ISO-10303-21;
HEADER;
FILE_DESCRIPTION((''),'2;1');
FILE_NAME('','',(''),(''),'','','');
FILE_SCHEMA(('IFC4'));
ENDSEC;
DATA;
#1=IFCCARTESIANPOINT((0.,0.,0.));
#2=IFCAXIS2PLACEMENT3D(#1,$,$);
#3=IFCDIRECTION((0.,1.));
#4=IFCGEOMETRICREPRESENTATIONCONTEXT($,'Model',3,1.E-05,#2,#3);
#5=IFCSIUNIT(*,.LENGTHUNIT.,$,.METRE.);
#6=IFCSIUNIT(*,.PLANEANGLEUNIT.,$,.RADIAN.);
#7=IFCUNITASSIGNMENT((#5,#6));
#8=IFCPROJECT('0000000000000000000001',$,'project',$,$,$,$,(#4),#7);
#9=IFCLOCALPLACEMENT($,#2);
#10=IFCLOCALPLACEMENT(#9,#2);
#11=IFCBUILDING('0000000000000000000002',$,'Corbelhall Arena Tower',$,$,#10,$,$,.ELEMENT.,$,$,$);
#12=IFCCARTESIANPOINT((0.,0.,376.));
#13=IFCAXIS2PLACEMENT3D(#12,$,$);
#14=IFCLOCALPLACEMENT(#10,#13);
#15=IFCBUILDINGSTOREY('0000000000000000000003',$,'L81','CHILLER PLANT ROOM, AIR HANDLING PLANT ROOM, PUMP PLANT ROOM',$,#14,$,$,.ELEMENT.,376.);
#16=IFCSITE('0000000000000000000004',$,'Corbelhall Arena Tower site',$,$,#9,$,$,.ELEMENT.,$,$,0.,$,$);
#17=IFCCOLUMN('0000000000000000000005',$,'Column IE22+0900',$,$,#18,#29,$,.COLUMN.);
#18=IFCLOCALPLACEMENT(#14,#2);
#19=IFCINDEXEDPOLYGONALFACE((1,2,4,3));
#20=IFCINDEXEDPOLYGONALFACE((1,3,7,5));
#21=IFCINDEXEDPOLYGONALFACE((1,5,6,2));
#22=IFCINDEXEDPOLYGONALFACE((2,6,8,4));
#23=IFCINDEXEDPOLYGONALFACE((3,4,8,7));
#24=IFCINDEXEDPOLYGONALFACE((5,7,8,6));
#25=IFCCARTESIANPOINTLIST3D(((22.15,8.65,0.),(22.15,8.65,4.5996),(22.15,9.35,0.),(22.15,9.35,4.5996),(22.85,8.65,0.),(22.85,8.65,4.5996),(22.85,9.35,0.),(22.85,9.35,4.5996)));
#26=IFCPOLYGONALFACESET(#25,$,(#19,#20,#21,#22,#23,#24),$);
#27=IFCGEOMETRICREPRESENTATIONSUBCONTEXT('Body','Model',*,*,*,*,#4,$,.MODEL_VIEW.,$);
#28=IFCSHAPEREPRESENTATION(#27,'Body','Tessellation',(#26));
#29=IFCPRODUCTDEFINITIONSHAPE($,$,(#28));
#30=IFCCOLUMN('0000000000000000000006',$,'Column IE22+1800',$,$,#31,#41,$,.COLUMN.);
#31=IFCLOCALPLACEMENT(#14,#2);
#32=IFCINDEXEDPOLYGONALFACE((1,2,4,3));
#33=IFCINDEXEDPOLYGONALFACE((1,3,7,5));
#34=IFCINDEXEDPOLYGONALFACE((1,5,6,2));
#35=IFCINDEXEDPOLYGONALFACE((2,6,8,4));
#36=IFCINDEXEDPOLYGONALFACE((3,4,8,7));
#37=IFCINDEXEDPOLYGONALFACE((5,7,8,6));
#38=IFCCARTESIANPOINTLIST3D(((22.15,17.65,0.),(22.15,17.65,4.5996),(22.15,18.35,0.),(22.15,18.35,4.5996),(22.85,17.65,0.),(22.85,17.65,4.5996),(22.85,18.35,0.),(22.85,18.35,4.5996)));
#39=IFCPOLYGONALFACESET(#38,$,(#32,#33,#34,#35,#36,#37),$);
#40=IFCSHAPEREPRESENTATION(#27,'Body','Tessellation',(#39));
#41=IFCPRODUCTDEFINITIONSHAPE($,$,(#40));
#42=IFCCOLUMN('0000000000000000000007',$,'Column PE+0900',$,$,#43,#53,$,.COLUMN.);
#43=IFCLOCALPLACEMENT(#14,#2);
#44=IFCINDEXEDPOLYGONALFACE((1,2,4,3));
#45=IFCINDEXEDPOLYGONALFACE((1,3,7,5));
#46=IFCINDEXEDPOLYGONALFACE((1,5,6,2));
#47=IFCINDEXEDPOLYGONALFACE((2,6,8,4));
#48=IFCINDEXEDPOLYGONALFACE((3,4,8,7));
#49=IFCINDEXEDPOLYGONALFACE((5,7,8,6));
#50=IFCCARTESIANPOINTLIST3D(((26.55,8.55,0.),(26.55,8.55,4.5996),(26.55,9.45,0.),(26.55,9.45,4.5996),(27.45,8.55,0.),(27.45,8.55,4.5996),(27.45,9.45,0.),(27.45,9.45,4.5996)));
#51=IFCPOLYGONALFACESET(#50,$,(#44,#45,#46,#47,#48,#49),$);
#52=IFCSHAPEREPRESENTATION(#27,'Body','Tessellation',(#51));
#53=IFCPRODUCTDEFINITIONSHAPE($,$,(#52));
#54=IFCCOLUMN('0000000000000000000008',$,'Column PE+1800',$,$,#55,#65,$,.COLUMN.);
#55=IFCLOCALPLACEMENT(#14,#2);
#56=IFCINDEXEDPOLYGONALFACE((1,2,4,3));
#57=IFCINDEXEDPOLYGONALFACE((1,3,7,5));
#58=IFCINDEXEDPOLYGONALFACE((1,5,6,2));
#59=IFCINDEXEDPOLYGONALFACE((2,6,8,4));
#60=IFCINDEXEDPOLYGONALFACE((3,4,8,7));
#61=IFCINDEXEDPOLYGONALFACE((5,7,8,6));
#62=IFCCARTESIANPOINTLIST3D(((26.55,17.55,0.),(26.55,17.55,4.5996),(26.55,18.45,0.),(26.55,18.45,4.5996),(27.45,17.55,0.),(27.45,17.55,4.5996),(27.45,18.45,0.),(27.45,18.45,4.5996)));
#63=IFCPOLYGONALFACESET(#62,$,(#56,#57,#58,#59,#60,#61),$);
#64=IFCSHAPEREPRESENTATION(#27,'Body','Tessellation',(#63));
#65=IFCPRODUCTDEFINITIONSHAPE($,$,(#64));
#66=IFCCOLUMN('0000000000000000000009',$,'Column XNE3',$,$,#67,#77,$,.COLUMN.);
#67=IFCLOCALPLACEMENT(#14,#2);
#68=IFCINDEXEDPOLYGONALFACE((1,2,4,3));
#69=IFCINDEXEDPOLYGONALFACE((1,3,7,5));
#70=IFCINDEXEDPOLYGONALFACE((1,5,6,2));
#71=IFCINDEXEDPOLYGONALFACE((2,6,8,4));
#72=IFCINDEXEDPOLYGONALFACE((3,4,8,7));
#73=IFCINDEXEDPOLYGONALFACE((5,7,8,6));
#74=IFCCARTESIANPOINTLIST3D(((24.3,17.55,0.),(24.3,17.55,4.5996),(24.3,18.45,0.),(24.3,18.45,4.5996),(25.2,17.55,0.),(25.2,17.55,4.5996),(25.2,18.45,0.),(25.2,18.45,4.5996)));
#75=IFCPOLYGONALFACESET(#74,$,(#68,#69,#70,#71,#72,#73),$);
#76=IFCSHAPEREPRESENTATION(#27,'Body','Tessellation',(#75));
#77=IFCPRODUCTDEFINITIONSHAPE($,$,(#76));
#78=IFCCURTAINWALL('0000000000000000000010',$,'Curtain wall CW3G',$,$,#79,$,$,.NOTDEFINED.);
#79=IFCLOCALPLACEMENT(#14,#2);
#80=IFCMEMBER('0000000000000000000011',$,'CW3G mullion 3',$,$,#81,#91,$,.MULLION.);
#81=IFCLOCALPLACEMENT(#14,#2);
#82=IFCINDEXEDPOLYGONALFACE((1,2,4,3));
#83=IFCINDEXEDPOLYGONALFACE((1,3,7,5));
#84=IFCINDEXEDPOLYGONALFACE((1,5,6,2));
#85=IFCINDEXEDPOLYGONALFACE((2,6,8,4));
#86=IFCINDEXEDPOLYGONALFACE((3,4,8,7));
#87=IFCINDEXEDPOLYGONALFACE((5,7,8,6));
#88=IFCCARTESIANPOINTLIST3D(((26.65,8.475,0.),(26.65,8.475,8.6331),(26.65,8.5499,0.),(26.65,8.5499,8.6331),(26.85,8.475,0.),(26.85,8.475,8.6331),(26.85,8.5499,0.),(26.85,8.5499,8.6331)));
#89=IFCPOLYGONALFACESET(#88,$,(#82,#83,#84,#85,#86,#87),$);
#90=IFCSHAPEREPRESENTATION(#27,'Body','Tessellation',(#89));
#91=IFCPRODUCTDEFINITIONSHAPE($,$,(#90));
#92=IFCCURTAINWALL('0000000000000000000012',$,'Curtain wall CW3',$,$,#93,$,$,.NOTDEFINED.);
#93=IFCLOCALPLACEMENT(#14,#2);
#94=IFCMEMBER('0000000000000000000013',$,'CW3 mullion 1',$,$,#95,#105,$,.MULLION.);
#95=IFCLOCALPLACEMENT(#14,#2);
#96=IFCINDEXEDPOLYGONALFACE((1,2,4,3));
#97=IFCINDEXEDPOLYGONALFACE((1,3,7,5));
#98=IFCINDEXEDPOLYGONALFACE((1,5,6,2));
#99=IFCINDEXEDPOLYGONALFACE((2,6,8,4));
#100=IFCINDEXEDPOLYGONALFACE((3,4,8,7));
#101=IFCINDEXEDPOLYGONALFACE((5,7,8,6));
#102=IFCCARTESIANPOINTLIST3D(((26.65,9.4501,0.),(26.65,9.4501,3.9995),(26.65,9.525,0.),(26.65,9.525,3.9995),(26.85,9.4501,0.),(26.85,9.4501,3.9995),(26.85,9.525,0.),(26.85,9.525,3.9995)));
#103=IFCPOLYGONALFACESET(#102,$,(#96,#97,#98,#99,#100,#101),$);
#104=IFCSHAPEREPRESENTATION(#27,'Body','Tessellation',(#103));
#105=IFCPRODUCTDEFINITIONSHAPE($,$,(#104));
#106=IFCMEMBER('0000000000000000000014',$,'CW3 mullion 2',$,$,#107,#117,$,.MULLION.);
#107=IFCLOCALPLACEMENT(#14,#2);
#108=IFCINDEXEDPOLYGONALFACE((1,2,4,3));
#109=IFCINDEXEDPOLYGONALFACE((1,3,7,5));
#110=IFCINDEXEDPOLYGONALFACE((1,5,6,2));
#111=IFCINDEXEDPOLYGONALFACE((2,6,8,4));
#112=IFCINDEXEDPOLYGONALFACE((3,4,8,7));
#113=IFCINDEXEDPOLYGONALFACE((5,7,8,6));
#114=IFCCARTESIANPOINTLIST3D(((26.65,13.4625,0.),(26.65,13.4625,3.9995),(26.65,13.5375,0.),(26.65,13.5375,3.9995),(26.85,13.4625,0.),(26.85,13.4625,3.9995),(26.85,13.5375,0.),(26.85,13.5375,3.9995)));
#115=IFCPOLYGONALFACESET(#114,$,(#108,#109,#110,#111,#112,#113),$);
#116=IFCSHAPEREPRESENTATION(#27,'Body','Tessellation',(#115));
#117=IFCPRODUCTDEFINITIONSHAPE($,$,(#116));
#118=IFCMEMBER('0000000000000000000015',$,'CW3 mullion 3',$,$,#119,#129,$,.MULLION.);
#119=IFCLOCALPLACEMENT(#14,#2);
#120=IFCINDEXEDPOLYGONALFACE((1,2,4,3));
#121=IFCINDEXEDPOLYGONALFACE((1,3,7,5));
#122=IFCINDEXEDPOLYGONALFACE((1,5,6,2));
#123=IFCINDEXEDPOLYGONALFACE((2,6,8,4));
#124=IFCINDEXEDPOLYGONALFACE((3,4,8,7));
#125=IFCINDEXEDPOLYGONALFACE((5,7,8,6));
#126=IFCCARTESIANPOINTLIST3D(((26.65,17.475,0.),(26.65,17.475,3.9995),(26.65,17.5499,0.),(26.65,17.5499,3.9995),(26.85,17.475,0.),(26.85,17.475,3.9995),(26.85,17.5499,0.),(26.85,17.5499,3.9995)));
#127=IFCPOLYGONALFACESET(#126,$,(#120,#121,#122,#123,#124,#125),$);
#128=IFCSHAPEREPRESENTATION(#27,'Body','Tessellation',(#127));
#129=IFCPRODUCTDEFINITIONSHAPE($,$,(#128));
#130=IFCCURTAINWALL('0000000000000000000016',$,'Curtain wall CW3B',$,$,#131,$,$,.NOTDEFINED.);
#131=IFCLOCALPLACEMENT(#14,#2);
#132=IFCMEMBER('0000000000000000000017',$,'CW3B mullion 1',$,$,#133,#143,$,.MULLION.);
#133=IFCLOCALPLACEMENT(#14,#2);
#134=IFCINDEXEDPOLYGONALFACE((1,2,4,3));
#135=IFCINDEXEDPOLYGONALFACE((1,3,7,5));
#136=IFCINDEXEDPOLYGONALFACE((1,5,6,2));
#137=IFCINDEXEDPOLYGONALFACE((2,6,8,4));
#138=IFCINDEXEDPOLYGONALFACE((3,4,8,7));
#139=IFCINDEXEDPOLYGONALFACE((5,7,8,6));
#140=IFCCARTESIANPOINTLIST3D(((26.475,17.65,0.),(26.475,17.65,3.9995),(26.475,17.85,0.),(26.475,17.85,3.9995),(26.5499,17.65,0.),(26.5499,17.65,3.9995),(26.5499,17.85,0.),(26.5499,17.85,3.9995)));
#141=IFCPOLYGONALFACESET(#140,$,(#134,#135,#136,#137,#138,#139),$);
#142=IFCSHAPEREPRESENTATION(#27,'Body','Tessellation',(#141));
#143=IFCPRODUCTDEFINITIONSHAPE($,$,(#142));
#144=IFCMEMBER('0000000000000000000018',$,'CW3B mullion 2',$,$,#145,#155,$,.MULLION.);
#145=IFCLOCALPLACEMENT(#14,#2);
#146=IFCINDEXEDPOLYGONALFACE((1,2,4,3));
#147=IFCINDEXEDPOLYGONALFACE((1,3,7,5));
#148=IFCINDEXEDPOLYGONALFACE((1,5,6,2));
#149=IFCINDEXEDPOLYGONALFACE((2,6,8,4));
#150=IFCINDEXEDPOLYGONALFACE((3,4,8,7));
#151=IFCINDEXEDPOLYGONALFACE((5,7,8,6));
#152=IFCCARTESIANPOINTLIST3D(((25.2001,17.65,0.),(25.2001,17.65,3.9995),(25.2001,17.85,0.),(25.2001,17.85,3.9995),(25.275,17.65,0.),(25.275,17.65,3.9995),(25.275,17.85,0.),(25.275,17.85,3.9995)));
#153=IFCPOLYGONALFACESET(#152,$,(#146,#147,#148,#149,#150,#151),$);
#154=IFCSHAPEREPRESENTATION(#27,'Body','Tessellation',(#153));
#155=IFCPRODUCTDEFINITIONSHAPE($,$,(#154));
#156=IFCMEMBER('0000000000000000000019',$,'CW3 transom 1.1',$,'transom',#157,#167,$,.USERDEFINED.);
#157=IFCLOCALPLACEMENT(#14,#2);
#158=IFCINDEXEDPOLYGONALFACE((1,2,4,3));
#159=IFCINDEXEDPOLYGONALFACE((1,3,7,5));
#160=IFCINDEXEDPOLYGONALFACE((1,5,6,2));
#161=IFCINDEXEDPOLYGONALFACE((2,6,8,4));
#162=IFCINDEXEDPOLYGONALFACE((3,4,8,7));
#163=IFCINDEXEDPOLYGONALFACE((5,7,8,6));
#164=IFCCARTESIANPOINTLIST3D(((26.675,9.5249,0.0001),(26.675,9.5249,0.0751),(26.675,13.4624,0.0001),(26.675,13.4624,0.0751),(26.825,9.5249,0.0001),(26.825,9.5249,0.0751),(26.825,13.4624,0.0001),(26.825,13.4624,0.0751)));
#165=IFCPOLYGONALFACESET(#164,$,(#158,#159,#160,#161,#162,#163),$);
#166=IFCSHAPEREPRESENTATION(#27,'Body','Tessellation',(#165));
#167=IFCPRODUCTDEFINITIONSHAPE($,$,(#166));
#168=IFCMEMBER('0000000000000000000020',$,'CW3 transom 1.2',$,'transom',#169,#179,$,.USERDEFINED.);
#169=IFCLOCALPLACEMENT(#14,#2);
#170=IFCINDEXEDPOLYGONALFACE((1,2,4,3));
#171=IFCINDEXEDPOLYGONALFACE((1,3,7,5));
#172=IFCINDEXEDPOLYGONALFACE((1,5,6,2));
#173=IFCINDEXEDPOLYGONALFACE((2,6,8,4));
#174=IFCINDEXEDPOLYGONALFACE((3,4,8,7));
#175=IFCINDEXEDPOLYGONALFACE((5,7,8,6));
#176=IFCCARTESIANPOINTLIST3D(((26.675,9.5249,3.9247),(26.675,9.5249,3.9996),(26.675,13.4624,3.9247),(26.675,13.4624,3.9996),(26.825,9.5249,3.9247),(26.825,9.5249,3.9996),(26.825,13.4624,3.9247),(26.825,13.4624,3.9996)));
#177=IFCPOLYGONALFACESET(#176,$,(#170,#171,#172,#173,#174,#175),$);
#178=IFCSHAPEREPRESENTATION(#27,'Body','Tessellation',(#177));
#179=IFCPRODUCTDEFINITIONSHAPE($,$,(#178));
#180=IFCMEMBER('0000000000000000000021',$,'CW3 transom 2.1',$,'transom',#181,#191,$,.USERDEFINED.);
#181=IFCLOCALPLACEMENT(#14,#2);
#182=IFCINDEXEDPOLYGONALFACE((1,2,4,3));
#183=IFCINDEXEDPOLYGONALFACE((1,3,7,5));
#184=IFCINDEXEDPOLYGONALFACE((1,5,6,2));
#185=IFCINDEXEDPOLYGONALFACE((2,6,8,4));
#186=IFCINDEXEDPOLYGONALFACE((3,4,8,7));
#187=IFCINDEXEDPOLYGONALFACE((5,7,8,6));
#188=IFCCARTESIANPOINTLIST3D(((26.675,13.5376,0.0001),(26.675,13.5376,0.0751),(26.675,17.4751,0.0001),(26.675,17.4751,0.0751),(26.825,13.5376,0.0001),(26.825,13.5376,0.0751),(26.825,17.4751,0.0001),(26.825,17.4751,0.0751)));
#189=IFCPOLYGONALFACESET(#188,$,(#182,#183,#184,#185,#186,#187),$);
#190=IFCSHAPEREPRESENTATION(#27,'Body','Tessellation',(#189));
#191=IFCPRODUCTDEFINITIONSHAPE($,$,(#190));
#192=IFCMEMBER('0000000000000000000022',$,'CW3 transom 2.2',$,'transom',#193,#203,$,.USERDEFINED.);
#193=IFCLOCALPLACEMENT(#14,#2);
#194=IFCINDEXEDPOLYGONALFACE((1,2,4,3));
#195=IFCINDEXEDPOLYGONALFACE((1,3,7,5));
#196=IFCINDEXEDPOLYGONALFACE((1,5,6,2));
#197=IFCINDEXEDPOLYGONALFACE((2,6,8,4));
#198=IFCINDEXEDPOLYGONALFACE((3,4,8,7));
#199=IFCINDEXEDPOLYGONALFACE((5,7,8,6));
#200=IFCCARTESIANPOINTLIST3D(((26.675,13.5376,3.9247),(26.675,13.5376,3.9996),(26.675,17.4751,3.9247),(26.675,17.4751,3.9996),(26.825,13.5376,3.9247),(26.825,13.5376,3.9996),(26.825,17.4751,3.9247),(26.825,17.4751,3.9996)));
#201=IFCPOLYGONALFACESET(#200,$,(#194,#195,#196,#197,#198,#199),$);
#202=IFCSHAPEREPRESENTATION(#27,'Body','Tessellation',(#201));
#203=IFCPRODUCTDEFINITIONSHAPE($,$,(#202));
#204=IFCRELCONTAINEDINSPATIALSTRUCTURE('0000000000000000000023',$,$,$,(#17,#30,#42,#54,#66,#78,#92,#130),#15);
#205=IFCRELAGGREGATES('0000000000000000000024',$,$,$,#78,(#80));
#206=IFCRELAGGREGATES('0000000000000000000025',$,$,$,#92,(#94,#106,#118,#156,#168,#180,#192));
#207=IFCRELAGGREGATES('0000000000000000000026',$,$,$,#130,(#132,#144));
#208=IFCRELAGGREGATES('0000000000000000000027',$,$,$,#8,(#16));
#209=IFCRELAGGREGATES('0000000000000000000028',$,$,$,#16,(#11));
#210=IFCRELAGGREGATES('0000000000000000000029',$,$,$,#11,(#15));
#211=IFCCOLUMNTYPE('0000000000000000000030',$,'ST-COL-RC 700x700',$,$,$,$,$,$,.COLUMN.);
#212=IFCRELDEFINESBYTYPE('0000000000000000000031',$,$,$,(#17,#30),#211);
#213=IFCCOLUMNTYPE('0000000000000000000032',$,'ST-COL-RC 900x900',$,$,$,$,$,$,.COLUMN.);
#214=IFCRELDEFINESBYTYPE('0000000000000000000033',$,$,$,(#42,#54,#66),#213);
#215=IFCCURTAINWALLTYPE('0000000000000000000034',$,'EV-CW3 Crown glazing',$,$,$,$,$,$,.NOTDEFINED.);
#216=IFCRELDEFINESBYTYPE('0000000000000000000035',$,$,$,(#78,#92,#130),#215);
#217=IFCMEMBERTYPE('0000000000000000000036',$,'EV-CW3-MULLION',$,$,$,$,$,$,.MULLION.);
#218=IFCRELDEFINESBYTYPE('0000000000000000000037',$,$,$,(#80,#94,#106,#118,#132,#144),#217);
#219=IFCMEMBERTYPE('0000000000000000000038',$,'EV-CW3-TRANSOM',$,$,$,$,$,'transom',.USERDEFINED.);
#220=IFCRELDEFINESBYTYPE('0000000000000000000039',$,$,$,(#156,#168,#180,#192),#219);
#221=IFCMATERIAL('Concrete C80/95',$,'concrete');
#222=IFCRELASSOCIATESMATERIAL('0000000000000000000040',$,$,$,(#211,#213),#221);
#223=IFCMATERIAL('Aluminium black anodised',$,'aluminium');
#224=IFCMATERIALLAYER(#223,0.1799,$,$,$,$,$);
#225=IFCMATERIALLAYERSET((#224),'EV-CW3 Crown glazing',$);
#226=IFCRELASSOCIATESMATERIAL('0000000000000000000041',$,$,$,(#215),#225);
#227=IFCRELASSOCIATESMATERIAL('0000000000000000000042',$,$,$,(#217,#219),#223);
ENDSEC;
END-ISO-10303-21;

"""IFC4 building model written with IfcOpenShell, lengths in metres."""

from ifc_helpers import new_model, si_unit, direction, frame, origin, origin_2d, place, context, subcontext, project, spatial, rectangle, extrude, material, layer, layer_set, material_profile, profile_set, type_object, element, aggregate, save


model = new_model("IFC4")

# Units and contexts
model_context = context("Model", 3, precision=1e-05, world=origin(), true_north=direction((0.0, 1.0)))
body_context = subcontext(model_context, "Body", "Model", "MODEL_VIEW")
ifc_project = project(units=[si_unit("LENGTHUNIT", "METRE"), si_unit("PLANEANGLEUNIT", "RADIAN")], contexts=[model_context])

# Site, building, storey
site_placement = place(None, origin())
site = spatial("IfcSite", under=ifc_project, at=site_placement, Name="Corbelhall Arena Tower site", CompositionType="ELEMENT", RefElevation=0.0)
building_placement = place(site_placement, origin())
building = spatial("IfcBuilding", under=site, at=building_placement, Name="Corbelhall Arena Tower", CompositionType="ELEMENT")
storey_placement = place(building_placement, frame((0.0, 0.0, 376.0)))
storey = spatial("IfcBuildingStorey", under=building, at=storey_placement, Name="L81", Description="CHILLER PLANT ROOM, AIR HANDLING PLANT ROOM, PUMP PLANT ROOM", CompositionType="ELEMENT", Elevation=376.0)

# Columns
ifc_material_1 = material(Name="Concrete C80/95", Category="concrete")
ifc_material_profile_1 = material_profile(ifc_material_1, rectangle(XDim=0.7, YDim=0.7, at=origin_2d()))
ifc_profile_set_1 = profile_set([ifc_material_profile_1], Name="Concrete C80/95")
column_type_1 = type_object("IfcColumnType", Name="ST-COL-RC 700x700", PredefinedType="COLUMN", material=ifc_profile_set_1)
for number, where, z_axis, x_axis, name in (
    (1, (22.5, 9.0, 0.0), (0.0, 0.0, 1.0), (1.0, 0.0, 0.0), "Column IE22+0900"),
    (2, (22.5, 18.0, 0.0), (0.0, 0.0, 1.0), (1.0, 0.0, 0.0), "Column IE22+1800"),
):
    element("IfcColumn", number, at=place(storey_placement, frame(where, z_axis=z_axis, x_axis=x_axis)), inside=storey, type_object=column_type_1, Name=name, PredefinedType="COLUMN", context=body_context, shape_type="SweptSolid", body=[
        extrude(rectangle(XDim=0.7, YDim=0.7, at=origin_2d()), origin(), (0.0, 0.0, 1.0), 4.5996),
    ])
ifc_material_profile_2 = material_profile(ifc_material_1, rectangle(XDim=0.8999, YDim=0.8999, at=origin_2d()))
ifc_profile_set_2 = profile_set([ifc_material_profile_2], Name="Concrete C80/95")
column_type_2 = type_object("IfcColumnType", Name="ST-COL-RC 900x900", PredefinedType="COLUMN", material=ifc_profile_set_2)
for number, where, z_axis, x_axis, name in (
    (3, (27.0, 9.0, 0.0), (0.0, 0.0, 1.0), (0.0, 1.0, 0.0), "Column PE+0900"),
    (4, (27.0, 18.0, 0.0), (0.0, 0.0, 1.0), (0.0, 1.0, 0.0), "Column PE+1800"),
    (5, (24.75, 18.0, 0.0), (0.0, 0.0, 1.0), (1.0, 0.0, 0.0), "Column XNE3"),
):
    element("IfcColumn", number, at=place(storey_placement, frame(where, z_axis=z_axis, x_axis=x_axis)), inside=storey, type_object=column_type_2, Name=name, PredefinedType="COLUMN", context=body_context, shape_type="SweptSolid", body=[
        extrude(rectangle(XDim=0.8999, YDim=0.8999, at=origin_2d()), origin(), (0.0, 0.0, 1.0), 4.5996),
    ])

# Curtain wall, member
ifc_material_2 = material(Name="Aluminium black anodised", Category="aluminium")
ifc_layer_1 = layer(ifc_material_2, 0.1799)
ifc_layer_set_1 = layer_set([ifc_layer_1], Name="EV-CW3 Crown glazing")
curtain_wall_type = type_object("IfcCurtainWallType", Name="EV-CW3 Crown glazing", PredefinedType="NOTDEFINED", material=ifc_layer_set_1)
curtain_wall_1_placement = place(storey_placement, origin())
curtain_wall_1 = element("IfcCurtainWall", 6, at=curtain_wall_1_placement, inside=storey, type_object=curtain_wall_type, Name="Curtain wall CW3G", PredefinedType="NOTDEFINED")
ifc_material_profile_3 = material_profile(ifc_material_2, rectangle(XDim=0.2, YDim=0.075, at=origin_2d()))
ifc_profile_set_3 = profile_set([ifc_material_profile_3], Name="Aluminium black anodised")
member_type_1 = type_object("IfcMemberType", Name="EV-CW3-MULLION", PredefinedType="MULLION", material=ifc_profile_set_3)
member_1_placement = place(storey_placement, frame((26.75, 8.5125, 0.0), z_axis=(0.0, 0.0, 1.0), x_axis=(-1.0, 0.0, 0.0)))
member_1 = element("IfcMember", 7, at=member_1_placement, type_object=member_type_1, Name="CW3G mullion 3", PredefinedType="MULLION", context=body_context, shape_type="SweptSolid", body=[
    extrude(rectangle(XDim=0.2, YDim=0.075, at=origin_2d()), origin(), (0.0, 0.0, 1.0), 8.6331),
])

# Curtain walls, members
curtain_wall_2_placement = place(storey_placement, origin())
curtain_wall_2 = element("IfcCurtainWall", 8, at=curtain_wall_2_placement, inside=storey, type_object=curtain_wall_type, Name="Curtain wall CW3", PredefinedType="NOTDEFINED")
member_2_placement = place(storey_placement, frame((26.75, 9.4875, 0.0), z_axis=(0.0, 0.0, 1.0), x_axis=(-1.0, 0.0, 0.0)))
member_2 = element("IfcMember", 9, at=member_2_placement, type_object=member_type_1, Name="CW3 mullion 1", PredefinedType="MULLION", context=body_context, shape_type="SweptSolid", body=[
    extrude(rectangle(XDim=0.2, YDim=0.075, at=origin_2d()), origin(), (0.0, 0.0, 1.0), 3.9995),
])
member_3_placement = place(storey_placement, frame((26.75, 13.5, 0.0), z_axis=(0.0, 0.0, 1.0), x_axis=(-1.0, 0.0, 0.0)))
member_3 = element("IfcMember", 10, at=member_3_placement, type_object=member_type_1, Name="CW3 mullion 2", PredefinedType="MULLION", context=body_context, shape_type="SweptSolid", body=[
    extrude(rectangle(XDim=0.2, YDim=0.075, at=origin_2d()), origin(), (0.0, 0.0, 1.0), 3.9995),
])
member_4_placement = place(storey_placement, frame((26.75, 17.5125, 0.0), z_axis=(0.0, 0.0, 1.0), x_axis=(-1.0, 0.0, 0.0)))
member_4 = element("IfcMember", 11, at=member_4_placement, type_object=member_type_1, Name="CW3 mullion 3", PredefinedType="MULLION", context=body_context, shape_type="SweptSolid", body=[
    extrude(rectangle(XDim=0.2, YDim=0.075, at=origin_2d()), origin(), (0.0, 0.0, 1.0), 3.9995),
])
curtain_wall_3_placement = place(storey_placement, origin())
curtain_wall_3 = element("IfcCurtainWall", 12, at=curtain_wall_3_placement, inside=storey, type_object=curtain_wall_type, Name="Curtain wall CW3B", PredefinedType="NOTDEFINED")
member_5_placement = place(storey_placement, frame((26.5125, 17.75, 0.0), z_axis=(0.0, 0.0, 1.0), x_axis=(0.0, -1.0, 0.0)))
member_5 = element("IfcMember", 13, at=member_5_placement, type_object=member_type_1, Name="CW3B mullion 1", PredefinedType="MULLION", context=body_context, shape_type="SweptSolid", body=[
    extrude(rectangle(XDim=0.2, YDim=0.075, at=origin_2d()), origin(), (0.0, 0.0, 1.0), 3.9995),
])
member_6_placement = place(storey_placement, frame((25.2375, 17.75, 0.0), z_axis=(0.0, 0.0, 1.0), x_axis=(0.0, -1.0, 0.0)))
member_6 = element("IfcMember", 14, at=member_6_placement, type_object=member_type_1, Name="CW3B mullion 2", PredefinedType="MULLION", context=body_context, shape_type="SweptSolid", body=[
    extrude(rectangle(XDim=0.2, YDim=0.075, at=origin_2d()), origin(), (0.0, 0.0, 1.0), 3.9995),
])

# Members
ifc_material_profile_4 = material_profile(ifc_material_2, rectangle(XDim=0.1499, YDim=0.075, at=origin_2d()))
ifc_profile_set_4 = profile_set([ifc_material_profile_4], Name="Aluminium black anodised")
member_type_2 = type_object("IfcMemberType", Name="EV-CW3-TRANSOM", ElementType="transom", PredefinedType="USERDEFINED", material=ifc_profile_set_4)
member_7_placement = place(storey_placement, frame((26.75, 9.5249, 0.0376), z_axis=(0.0, 1.0, 0.0), x_axis=(-1.0, 0.0, 0.0)))
member_7 = element("IfcMember", 15, at=member_7_placement, type_object=member_type_2, Name="CW3 transom 1.1", ObjectType="transom", PredefinedType="USERDEFINED", context=body_context, shape_type="SweptSolid", body=[
    extrude(rectangle(XDim=0.1499, YDim=0.075, at=origin_2d()), origin(), (0.0, 0.0, 1.0), 3.9375),
])
member_8_placement = place(storey_placement, frame((26.75, 9.5249, 3.9622), z_axis=(0.0, 1.0, 0.0), x_axis=(-1.0, 0.0, 0.0)))
member_8 = element("IfcMember", 16, at=member_8_placement, type_object=member_type_2, Name="CW3 transom 1.2", ObjectType="transom", PredefinedType="USERDEFINED", context=body_context, shape_type="SweptSolid", body=[
    extrude(rectangle(XDim=0.1499, YDim=0.075, at=origin_2d()), origin(), (0.0, 0.0, 1.0), 3.9375),
])
member_9_placement = place(storey_placement, frame((26.75, 13.5376, 0.0376), z_axis=(0.0, 1.0, 0.0), x_axis=(-1.0, 0.0, 0.0)))
member_9 = element("IfcMember", 17, at=member_9_placement, type_object=member_type_2, Name="CW3 transom 2.1", ObjectType="transom", PredefinedType="USERDEFINED", context=body_context, shape_type="SweptSolid", body=[
    extrude(rectangle(XDim=0.1499, YDim=0.075, at=origin_2d()), origin(), (0.0, 0.0, 1.0), 3.9375),
])
member_10_placement = place(storey_placement, frame((26.75, 13.5376, 3.9622), z_axis=(0.0, 1.0, 0.0), x_axis=(-1.0, 0.0, 0.0)))
member_10 = element("IfcMember", 18, at=member_10_placement, type_object=member_type_2, Name="CW3 transom 2.2", ObjectType="transom", PredefinedType="USERDEFINED", context=body_context, shape_type="SweptSolid", body=[
    extrude(rectangle(XDim=0.1499, YDim=0.075, at=origin_2d()), origin(), (0.0, 0.0, 1.0), 3.9375),
])

aggregate(curtain_wall_1, [member_1])
aggregate(curtain_wall_2, [member_2, member_3, member_4, member_7, member_8, member_9, member_10])
aggregate(curtain_wall_3, [member_5, member_6])

save(model, "model.ifc")
